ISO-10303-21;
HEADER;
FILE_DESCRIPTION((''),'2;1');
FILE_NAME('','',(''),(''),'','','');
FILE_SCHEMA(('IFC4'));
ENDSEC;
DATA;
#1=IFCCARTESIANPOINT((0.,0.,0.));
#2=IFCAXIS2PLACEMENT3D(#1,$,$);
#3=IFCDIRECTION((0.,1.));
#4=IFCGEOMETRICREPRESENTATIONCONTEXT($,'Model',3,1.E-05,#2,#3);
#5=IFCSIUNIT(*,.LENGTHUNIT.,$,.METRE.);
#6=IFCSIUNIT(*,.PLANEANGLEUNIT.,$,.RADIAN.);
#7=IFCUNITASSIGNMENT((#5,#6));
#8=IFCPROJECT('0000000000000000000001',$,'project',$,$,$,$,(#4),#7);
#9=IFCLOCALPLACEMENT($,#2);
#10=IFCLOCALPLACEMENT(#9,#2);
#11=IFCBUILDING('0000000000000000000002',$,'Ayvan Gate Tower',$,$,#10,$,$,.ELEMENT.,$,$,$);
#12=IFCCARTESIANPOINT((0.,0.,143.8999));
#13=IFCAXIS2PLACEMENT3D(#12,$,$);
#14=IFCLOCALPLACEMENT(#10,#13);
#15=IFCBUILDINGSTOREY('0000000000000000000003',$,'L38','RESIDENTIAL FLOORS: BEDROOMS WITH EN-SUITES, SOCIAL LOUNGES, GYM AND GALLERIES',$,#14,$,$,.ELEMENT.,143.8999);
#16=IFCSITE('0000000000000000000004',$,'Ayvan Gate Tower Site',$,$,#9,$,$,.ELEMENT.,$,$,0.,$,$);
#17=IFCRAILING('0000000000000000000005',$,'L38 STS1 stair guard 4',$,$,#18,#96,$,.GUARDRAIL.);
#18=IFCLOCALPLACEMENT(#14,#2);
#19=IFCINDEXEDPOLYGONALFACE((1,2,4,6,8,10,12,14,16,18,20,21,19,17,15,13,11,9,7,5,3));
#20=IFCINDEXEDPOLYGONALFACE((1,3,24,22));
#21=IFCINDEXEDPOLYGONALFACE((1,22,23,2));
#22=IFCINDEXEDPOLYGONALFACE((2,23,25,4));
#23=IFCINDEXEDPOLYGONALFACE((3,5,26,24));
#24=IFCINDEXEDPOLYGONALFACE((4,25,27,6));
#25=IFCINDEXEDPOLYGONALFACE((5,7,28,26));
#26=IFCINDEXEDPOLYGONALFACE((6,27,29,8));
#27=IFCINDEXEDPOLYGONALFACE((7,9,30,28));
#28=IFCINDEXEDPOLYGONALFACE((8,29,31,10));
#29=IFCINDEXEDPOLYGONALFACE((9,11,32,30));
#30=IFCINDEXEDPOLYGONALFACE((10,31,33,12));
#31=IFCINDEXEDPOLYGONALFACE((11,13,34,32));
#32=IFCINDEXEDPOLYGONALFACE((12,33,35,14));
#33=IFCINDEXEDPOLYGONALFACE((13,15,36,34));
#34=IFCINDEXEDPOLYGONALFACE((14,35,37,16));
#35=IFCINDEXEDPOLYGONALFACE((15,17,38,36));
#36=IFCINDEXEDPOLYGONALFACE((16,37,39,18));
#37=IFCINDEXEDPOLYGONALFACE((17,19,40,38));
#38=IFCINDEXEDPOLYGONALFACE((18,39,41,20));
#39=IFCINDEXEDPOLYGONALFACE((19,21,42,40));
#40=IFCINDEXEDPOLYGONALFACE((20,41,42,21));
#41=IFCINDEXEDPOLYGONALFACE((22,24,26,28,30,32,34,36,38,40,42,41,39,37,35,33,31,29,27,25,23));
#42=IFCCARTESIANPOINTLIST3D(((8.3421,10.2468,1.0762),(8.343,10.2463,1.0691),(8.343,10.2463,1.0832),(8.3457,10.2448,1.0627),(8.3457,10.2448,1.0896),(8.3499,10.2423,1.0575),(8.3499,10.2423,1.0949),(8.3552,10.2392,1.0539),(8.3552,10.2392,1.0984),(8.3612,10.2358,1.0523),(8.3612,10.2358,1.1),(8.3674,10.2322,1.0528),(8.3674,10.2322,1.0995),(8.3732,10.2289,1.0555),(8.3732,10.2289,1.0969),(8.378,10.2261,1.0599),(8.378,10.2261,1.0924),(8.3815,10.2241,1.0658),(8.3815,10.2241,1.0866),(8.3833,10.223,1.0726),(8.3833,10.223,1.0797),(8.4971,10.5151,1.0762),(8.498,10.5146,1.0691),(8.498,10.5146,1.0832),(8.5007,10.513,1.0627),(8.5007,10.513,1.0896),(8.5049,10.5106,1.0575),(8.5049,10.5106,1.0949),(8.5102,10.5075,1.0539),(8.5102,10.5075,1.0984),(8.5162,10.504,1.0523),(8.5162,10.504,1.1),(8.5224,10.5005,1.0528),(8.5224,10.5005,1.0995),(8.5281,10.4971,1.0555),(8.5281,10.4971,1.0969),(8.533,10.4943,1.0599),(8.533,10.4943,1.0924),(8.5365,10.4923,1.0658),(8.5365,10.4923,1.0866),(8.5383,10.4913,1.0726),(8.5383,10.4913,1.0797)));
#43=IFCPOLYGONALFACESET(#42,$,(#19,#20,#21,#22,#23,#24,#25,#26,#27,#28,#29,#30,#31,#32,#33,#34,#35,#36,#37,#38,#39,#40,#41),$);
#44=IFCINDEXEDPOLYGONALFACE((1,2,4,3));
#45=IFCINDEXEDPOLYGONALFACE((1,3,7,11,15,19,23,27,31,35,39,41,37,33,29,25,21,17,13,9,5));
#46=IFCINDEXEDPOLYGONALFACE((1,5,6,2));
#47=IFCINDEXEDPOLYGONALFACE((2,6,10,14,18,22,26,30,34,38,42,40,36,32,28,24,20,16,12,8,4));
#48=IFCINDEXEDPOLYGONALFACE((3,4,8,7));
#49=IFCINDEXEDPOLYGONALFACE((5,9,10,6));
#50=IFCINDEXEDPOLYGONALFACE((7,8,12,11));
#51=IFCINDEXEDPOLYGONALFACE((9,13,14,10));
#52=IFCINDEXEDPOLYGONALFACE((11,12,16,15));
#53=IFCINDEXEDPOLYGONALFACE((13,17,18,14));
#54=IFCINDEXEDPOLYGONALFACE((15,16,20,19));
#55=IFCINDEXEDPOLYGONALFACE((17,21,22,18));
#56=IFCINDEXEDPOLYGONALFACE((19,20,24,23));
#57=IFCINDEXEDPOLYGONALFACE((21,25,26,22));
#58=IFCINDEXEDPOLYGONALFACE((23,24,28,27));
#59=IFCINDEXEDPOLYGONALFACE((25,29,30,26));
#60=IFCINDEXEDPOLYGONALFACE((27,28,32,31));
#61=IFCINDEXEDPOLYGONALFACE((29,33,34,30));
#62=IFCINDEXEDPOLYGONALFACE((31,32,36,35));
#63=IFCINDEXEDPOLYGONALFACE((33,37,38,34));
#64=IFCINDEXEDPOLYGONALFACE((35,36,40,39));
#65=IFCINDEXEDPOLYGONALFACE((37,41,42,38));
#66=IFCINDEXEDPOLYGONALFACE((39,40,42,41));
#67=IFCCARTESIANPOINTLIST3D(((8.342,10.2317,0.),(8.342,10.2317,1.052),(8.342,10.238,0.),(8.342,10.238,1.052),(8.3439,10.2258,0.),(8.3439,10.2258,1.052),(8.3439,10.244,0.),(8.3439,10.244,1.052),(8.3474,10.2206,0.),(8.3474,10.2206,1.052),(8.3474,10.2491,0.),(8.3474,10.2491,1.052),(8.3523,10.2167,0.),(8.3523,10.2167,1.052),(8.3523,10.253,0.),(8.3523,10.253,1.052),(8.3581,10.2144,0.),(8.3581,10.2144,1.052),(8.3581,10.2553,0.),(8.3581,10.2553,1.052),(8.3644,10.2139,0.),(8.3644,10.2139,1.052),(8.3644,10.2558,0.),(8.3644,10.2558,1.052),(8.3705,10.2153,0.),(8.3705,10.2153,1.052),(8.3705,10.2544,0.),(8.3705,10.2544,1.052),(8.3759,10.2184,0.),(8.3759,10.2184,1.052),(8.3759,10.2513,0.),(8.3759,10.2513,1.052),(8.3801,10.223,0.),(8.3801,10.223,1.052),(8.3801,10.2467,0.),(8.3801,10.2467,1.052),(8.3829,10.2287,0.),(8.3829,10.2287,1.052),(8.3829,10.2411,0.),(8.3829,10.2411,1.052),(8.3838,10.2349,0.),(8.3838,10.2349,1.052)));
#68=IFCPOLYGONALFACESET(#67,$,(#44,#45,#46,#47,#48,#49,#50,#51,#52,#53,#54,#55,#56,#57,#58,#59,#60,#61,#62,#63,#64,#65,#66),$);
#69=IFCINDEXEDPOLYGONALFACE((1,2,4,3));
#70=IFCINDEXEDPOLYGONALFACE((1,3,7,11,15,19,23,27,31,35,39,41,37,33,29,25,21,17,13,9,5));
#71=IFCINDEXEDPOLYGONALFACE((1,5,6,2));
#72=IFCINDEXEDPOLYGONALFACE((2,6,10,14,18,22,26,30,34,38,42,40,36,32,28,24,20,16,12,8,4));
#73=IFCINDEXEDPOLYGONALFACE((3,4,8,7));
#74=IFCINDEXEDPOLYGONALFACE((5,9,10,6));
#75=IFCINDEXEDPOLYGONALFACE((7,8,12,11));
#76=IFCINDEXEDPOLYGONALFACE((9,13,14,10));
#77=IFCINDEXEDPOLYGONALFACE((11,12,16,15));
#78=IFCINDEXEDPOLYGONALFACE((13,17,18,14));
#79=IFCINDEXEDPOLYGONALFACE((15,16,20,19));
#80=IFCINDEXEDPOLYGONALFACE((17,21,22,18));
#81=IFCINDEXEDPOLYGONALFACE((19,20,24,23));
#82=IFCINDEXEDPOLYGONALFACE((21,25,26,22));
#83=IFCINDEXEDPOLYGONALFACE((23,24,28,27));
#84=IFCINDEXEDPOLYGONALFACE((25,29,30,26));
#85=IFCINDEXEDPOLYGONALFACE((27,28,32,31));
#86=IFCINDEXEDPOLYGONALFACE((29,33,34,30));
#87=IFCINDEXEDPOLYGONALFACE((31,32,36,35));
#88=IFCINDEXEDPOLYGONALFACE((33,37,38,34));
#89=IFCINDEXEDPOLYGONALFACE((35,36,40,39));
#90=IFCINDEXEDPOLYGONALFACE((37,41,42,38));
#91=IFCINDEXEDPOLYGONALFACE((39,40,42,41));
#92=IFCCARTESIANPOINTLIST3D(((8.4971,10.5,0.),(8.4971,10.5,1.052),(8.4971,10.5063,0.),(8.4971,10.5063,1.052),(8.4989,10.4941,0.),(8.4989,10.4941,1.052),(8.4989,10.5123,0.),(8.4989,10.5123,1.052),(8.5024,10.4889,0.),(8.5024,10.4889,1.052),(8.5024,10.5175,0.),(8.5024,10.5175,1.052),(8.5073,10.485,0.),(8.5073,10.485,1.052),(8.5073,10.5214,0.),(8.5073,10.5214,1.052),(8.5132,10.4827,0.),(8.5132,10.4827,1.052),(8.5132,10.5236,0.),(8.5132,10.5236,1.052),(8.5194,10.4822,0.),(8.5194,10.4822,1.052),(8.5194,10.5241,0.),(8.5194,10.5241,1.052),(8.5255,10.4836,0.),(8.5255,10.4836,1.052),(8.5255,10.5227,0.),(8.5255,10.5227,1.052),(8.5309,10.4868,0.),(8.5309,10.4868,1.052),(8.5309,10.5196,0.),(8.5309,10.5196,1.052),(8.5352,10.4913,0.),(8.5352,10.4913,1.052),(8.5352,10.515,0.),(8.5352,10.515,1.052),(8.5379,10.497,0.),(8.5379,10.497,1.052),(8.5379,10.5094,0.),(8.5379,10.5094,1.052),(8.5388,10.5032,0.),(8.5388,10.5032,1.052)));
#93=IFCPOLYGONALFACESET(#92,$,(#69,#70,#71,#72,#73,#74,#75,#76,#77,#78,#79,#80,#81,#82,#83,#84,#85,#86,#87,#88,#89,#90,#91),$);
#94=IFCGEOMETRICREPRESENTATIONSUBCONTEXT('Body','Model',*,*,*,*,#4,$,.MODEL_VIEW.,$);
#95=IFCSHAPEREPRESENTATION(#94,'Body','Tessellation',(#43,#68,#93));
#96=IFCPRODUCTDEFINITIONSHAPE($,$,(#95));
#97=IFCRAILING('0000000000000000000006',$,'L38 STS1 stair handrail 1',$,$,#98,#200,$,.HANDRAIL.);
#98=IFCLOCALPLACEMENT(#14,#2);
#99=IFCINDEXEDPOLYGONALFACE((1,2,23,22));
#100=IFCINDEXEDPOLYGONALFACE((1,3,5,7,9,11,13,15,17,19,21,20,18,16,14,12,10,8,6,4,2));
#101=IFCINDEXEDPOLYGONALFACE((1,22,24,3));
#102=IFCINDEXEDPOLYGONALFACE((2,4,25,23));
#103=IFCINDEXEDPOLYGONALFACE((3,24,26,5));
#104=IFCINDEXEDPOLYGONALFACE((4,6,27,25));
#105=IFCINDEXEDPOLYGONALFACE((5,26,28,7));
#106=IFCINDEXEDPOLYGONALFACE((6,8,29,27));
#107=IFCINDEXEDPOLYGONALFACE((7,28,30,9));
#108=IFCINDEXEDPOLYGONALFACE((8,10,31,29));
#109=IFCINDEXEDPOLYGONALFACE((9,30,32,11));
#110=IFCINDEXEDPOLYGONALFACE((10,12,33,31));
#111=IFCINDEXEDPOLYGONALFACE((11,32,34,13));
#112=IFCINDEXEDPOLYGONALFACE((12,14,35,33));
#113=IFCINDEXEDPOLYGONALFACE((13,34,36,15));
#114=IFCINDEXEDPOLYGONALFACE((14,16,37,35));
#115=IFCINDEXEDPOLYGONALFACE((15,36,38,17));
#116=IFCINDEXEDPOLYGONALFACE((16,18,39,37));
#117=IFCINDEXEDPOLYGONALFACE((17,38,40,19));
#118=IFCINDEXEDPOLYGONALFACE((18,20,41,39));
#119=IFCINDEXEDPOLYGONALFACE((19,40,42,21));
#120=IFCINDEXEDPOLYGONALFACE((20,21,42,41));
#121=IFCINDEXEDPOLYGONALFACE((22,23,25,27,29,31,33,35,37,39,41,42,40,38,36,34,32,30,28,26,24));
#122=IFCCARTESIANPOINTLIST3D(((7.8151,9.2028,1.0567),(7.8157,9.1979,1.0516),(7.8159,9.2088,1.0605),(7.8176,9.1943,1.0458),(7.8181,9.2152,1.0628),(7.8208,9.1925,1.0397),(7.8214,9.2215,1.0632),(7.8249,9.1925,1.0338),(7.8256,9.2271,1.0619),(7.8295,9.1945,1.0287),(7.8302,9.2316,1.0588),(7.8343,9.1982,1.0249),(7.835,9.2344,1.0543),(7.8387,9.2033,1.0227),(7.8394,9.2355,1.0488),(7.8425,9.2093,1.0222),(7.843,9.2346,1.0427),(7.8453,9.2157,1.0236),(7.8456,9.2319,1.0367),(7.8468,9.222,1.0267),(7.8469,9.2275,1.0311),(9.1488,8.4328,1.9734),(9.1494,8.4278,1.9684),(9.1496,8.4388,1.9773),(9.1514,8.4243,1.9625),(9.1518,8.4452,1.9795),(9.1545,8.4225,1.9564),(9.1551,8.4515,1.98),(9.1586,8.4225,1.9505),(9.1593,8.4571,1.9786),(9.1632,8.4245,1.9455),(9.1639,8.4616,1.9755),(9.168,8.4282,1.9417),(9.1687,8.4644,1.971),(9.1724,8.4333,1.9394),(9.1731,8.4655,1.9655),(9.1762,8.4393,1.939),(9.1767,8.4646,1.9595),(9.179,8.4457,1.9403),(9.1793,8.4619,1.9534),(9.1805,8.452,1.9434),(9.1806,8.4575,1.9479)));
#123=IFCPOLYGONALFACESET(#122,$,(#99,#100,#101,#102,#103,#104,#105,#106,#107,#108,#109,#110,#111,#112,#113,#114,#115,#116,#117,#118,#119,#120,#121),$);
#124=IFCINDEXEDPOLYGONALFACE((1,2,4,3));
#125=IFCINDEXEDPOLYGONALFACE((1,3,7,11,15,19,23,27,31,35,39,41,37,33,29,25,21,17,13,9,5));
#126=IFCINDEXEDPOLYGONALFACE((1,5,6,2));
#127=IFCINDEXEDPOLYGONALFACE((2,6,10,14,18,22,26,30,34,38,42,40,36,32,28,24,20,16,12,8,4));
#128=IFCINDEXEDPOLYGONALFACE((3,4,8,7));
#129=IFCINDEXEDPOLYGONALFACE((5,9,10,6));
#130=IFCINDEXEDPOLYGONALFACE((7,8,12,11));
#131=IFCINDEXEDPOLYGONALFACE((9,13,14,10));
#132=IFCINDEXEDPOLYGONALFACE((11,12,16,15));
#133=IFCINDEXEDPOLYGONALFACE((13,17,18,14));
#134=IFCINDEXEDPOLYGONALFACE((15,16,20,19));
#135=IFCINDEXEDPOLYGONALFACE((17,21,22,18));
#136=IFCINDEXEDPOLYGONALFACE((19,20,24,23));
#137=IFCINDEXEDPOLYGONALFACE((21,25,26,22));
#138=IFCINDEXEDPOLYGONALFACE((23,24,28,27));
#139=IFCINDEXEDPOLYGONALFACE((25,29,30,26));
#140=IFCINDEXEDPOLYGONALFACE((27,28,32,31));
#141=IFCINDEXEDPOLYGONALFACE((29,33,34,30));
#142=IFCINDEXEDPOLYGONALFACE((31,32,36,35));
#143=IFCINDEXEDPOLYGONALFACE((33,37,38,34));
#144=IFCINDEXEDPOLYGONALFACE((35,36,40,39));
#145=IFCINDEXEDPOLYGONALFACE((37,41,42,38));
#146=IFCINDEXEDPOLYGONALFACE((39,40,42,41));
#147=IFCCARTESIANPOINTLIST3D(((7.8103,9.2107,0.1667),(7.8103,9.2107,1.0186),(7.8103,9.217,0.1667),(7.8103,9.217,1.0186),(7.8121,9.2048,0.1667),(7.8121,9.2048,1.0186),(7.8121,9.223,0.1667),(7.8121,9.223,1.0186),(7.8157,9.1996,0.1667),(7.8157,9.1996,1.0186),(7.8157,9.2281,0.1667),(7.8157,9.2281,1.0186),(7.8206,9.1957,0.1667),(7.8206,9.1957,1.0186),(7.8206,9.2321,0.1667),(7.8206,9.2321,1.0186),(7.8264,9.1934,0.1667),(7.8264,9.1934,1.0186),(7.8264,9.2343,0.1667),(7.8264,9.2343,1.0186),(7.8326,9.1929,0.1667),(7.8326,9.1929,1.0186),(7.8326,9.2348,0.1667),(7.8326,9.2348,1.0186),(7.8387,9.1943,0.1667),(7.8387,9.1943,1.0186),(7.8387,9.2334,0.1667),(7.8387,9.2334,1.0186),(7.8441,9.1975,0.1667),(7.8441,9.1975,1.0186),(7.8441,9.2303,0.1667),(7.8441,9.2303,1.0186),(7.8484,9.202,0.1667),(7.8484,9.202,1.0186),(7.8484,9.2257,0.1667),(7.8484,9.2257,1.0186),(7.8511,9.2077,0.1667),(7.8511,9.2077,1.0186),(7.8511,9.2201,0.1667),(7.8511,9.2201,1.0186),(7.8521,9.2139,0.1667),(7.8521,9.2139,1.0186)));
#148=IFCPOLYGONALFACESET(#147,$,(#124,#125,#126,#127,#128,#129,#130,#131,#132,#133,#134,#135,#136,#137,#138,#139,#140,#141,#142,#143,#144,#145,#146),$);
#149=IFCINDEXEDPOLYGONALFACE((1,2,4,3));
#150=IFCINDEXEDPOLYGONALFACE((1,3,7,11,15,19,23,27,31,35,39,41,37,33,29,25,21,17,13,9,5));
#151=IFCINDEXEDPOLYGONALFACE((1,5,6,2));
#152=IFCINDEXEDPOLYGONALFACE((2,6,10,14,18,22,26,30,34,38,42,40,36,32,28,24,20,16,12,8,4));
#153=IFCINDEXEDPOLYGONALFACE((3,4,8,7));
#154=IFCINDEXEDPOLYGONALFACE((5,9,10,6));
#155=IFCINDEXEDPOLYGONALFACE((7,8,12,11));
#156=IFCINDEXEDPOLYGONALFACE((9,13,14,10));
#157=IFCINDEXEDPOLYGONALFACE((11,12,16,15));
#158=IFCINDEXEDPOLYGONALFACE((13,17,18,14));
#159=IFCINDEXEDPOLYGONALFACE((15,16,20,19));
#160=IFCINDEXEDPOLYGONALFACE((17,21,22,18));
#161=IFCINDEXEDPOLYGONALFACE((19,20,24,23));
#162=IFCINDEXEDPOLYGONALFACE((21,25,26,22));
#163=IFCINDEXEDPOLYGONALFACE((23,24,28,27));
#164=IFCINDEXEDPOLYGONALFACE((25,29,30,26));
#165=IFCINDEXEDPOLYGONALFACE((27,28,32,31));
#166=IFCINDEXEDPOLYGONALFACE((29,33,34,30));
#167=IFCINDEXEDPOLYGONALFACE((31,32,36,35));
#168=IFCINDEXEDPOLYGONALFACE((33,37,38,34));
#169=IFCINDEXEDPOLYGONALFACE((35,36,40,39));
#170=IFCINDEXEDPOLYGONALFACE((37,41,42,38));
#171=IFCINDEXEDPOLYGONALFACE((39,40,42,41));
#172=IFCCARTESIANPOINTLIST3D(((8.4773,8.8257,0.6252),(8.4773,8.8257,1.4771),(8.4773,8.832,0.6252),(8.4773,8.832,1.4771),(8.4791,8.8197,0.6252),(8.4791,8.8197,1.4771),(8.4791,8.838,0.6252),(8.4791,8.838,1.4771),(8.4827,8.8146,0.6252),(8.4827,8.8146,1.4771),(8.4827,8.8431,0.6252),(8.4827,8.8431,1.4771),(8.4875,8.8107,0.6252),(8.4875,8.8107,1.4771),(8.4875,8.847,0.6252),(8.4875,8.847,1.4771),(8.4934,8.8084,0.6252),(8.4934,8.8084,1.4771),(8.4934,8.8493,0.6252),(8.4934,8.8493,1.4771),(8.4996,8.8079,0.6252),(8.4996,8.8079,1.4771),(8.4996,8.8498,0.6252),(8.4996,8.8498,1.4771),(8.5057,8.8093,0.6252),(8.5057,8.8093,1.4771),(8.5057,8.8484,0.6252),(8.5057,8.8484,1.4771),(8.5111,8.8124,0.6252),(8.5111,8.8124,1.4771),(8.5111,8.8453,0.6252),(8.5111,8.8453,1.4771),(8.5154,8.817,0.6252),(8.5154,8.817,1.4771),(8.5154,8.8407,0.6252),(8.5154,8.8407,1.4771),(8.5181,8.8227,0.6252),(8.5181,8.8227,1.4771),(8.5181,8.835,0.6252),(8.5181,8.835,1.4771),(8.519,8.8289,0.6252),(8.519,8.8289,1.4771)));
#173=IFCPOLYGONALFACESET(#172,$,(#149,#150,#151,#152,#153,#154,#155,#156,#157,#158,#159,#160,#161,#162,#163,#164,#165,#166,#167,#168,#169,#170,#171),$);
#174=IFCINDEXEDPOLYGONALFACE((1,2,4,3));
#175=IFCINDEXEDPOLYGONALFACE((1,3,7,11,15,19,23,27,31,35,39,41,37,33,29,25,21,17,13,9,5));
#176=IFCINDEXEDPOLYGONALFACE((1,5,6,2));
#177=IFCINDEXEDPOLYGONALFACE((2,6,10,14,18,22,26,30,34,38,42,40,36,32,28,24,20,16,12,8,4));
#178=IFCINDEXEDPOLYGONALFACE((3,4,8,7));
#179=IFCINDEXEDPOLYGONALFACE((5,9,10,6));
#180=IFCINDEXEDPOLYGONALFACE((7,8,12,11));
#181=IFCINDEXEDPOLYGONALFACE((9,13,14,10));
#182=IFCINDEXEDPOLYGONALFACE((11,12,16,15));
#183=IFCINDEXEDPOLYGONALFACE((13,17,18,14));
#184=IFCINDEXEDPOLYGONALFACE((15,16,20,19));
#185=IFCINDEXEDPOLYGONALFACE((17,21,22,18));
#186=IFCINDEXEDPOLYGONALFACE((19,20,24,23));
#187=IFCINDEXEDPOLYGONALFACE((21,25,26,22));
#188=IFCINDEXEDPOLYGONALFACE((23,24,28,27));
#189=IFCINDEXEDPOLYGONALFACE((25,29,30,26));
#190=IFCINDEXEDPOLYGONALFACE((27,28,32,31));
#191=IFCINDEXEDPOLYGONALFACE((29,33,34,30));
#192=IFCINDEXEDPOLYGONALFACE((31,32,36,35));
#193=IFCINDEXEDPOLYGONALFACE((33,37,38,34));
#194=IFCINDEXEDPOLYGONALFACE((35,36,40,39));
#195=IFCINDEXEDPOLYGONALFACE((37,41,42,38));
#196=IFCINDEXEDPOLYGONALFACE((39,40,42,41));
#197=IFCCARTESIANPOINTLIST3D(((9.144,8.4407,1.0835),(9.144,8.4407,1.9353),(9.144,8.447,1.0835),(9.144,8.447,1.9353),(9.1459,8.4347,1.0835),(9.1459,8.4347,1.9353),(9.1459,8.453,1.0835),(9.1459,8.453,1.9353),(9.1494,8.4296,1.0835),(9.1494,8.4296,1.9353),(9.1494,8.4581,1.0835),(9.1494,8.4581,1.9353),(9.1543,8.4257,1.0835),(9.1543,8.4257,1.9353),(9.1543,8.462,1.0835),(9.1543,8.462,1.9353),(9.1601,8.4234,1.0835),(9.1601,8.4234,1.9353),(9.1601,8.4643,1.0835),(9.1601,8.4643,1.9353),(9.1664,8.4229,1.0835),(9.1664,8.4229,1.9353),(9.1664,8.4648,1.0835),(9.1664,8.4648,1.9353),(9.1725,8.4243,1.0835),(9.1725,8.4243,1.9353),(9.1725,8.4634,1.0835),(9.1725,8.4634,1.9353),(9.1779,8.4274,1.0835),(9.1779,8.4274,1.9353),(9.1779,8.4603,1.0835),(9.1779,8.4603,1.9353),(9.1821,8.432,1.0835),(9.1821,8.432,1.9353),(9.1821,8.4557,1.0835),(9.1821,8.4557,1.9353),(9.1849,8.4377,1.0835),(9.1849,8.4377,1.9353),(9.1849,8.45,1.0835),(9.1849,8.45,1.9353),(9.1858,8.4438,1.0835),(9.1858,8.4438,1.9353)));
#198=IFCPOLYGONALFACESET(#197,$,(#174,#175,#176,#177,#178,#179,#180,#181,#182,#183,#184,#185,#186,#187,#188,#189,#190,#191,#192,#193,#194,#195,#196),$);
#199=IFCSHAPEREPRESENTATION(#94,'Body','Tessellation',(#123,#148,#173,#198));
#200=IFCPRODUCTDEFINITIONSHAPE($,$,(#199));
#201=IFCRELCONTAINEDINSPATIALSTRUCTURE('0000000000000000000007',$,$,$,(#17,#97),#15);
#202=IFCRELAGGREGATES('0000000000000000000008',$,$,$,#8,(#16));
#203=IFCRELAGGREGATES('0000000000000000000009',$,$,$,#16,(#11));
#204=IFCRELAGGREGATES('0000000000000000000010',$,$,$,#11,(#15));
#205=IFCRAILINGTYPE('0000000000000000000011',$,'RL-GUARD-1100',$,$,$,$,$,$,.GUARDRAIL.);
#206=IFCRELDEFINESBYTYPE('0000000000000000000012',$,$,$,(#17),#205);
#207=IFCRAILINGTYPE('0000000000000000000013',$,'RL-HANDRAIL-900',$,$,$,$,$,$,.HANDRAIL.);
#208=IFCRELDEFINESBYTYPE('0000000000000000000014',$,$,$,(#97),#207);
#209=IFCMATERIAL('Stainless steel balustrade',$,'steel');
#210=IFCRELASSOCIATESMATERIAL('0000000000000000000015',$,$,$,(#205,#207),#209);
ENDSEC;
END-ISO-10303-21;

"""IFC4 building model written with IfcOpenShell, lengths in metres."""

from ifc_helpers import new_model, si_unit, direction, frame, origin, origin_2d, place, context, subcontext, project, spatial, circle, extrude, material, type_object, element, save


model = new_model("IFC4")

# Units and contexts
model_context = context("Model", 3, precision=1e-05, world=origin(), true_north=direction((0.0, 1.0)))
body_context = subcontext(model_context, "Body", "Model", "MODEL_VIEW")
ifc_project = project(units=[si_unit("LENGTHUNIT", "METRE"), si_unit("PLANEANGLEUNIT", "RADIAN")], contexts=[model_context])

# Site, building, storey
site_placement = place(None, origin())
site = spatial("IfcSite", under=ifc_project, at=site_placement, Name="Ayvan Gate Tower Site", CompositionType="ELEMENT", RefElevation=0.0)
building_placement = place(site_placement, origin())
building = spatial("IfcBuilding", under=site, at=building_placement, Name="Ayvan Gate Tower", CompositionType="ELEMENT")
storey_placement = place(building_placement, frame((0.0, 0.0, 143.8999)))
storey = spatial("IfcBuildingStorey", under=building, at=storey_placement, Name="L38", Description="RESIDENTIAL FLOORS: BEDROOMS WITH EN-SUITES, SOCIAL LOUNGES, GYM AND GALLERIES", CompositionType="ELEMENT", Elevation=143.8999)

# Railings
ifc_material_1 = material(Name="Stainless steel balustrade", Category="steel")
railing_type_1 = type_object("IfcRailingType", Name="RL-GUARD-1100", PredefinedType="GUARDRAIL", material=ifc_material_1)
railing_1_placement = place(storey_placement, frame((8.3628, 10.2349, 0.0)))
element("IfcRailing", 1, at=railing_1_placement, inside=storey, type_object=railing_type_1, Name="L38 STS1 stair guard 4", PredefinedType="GUARDRAIL", context=body_context, shape_type="SweptSolid", body=[
    extrude(circle(Radius=0.0239, at=origin_2d()), frame((0.0, 0.0, 1.0762), z_axis=(0.500291, 0.865857, 0.0), x_axis=(-0.865857, 0.500291, 0.0)), (0.0, 0.0, 1.0), 0.3098),
    extrude(circle(Radius=0.021, at=origin_2d()), origin(), (0.0, 0.0, 1.0), 1.052),
    extrude(circle(Radius=0.021, at=origin_2d()), frame((0.155, 0.2683, 0.0)), (0.0, 0.0, 1.0), 1.052),
])
railing_type_2 = type_object("IfcRailingType", Name="RL-HANDRAIL-900", PredefinedType="HANDRAIL", material=ifc_material_1)
railing_2_placement = place(storey_placement, frame((7.8311, 9.2139, 0.1667)))
element("IfcRailing", 2, at=railing_2_placement, inside=storey, type_object=railing_type_2, Name="L38 STS1 stair handrail 1", PredefinedType="HANDRAIL", context=body_context, shape_type="SweptSolid", body=[
    extrude(circle(Radius=0.0239, at=origin_2d()), frame((0.0, 0.0, 0.876), z_axis=(0.744164, -0.429634, 0.511502), x_axis=(0.499992, 0.86603, 0.0)), (0.0, 0.0, 1.0), 1.7922),
    extrude(circle(Radius=0.021, at=origin_2d()), origin(), (0.0, 0.0, 1.0), 0.8518),
    extrude(circle(Radius=0.021, at=origin_2d()), frame((0.667, -0.385, 0.4585)), (0.0, 0.0, 1.0), 0.8518),
    extrude(circle(Radius=0.021, at=origin_2d()), frame((1.3337, -0.77, 0.9167)), (0.0, 0.0, 1.0), 0.8518),
])

save(model, "model.ifc")
